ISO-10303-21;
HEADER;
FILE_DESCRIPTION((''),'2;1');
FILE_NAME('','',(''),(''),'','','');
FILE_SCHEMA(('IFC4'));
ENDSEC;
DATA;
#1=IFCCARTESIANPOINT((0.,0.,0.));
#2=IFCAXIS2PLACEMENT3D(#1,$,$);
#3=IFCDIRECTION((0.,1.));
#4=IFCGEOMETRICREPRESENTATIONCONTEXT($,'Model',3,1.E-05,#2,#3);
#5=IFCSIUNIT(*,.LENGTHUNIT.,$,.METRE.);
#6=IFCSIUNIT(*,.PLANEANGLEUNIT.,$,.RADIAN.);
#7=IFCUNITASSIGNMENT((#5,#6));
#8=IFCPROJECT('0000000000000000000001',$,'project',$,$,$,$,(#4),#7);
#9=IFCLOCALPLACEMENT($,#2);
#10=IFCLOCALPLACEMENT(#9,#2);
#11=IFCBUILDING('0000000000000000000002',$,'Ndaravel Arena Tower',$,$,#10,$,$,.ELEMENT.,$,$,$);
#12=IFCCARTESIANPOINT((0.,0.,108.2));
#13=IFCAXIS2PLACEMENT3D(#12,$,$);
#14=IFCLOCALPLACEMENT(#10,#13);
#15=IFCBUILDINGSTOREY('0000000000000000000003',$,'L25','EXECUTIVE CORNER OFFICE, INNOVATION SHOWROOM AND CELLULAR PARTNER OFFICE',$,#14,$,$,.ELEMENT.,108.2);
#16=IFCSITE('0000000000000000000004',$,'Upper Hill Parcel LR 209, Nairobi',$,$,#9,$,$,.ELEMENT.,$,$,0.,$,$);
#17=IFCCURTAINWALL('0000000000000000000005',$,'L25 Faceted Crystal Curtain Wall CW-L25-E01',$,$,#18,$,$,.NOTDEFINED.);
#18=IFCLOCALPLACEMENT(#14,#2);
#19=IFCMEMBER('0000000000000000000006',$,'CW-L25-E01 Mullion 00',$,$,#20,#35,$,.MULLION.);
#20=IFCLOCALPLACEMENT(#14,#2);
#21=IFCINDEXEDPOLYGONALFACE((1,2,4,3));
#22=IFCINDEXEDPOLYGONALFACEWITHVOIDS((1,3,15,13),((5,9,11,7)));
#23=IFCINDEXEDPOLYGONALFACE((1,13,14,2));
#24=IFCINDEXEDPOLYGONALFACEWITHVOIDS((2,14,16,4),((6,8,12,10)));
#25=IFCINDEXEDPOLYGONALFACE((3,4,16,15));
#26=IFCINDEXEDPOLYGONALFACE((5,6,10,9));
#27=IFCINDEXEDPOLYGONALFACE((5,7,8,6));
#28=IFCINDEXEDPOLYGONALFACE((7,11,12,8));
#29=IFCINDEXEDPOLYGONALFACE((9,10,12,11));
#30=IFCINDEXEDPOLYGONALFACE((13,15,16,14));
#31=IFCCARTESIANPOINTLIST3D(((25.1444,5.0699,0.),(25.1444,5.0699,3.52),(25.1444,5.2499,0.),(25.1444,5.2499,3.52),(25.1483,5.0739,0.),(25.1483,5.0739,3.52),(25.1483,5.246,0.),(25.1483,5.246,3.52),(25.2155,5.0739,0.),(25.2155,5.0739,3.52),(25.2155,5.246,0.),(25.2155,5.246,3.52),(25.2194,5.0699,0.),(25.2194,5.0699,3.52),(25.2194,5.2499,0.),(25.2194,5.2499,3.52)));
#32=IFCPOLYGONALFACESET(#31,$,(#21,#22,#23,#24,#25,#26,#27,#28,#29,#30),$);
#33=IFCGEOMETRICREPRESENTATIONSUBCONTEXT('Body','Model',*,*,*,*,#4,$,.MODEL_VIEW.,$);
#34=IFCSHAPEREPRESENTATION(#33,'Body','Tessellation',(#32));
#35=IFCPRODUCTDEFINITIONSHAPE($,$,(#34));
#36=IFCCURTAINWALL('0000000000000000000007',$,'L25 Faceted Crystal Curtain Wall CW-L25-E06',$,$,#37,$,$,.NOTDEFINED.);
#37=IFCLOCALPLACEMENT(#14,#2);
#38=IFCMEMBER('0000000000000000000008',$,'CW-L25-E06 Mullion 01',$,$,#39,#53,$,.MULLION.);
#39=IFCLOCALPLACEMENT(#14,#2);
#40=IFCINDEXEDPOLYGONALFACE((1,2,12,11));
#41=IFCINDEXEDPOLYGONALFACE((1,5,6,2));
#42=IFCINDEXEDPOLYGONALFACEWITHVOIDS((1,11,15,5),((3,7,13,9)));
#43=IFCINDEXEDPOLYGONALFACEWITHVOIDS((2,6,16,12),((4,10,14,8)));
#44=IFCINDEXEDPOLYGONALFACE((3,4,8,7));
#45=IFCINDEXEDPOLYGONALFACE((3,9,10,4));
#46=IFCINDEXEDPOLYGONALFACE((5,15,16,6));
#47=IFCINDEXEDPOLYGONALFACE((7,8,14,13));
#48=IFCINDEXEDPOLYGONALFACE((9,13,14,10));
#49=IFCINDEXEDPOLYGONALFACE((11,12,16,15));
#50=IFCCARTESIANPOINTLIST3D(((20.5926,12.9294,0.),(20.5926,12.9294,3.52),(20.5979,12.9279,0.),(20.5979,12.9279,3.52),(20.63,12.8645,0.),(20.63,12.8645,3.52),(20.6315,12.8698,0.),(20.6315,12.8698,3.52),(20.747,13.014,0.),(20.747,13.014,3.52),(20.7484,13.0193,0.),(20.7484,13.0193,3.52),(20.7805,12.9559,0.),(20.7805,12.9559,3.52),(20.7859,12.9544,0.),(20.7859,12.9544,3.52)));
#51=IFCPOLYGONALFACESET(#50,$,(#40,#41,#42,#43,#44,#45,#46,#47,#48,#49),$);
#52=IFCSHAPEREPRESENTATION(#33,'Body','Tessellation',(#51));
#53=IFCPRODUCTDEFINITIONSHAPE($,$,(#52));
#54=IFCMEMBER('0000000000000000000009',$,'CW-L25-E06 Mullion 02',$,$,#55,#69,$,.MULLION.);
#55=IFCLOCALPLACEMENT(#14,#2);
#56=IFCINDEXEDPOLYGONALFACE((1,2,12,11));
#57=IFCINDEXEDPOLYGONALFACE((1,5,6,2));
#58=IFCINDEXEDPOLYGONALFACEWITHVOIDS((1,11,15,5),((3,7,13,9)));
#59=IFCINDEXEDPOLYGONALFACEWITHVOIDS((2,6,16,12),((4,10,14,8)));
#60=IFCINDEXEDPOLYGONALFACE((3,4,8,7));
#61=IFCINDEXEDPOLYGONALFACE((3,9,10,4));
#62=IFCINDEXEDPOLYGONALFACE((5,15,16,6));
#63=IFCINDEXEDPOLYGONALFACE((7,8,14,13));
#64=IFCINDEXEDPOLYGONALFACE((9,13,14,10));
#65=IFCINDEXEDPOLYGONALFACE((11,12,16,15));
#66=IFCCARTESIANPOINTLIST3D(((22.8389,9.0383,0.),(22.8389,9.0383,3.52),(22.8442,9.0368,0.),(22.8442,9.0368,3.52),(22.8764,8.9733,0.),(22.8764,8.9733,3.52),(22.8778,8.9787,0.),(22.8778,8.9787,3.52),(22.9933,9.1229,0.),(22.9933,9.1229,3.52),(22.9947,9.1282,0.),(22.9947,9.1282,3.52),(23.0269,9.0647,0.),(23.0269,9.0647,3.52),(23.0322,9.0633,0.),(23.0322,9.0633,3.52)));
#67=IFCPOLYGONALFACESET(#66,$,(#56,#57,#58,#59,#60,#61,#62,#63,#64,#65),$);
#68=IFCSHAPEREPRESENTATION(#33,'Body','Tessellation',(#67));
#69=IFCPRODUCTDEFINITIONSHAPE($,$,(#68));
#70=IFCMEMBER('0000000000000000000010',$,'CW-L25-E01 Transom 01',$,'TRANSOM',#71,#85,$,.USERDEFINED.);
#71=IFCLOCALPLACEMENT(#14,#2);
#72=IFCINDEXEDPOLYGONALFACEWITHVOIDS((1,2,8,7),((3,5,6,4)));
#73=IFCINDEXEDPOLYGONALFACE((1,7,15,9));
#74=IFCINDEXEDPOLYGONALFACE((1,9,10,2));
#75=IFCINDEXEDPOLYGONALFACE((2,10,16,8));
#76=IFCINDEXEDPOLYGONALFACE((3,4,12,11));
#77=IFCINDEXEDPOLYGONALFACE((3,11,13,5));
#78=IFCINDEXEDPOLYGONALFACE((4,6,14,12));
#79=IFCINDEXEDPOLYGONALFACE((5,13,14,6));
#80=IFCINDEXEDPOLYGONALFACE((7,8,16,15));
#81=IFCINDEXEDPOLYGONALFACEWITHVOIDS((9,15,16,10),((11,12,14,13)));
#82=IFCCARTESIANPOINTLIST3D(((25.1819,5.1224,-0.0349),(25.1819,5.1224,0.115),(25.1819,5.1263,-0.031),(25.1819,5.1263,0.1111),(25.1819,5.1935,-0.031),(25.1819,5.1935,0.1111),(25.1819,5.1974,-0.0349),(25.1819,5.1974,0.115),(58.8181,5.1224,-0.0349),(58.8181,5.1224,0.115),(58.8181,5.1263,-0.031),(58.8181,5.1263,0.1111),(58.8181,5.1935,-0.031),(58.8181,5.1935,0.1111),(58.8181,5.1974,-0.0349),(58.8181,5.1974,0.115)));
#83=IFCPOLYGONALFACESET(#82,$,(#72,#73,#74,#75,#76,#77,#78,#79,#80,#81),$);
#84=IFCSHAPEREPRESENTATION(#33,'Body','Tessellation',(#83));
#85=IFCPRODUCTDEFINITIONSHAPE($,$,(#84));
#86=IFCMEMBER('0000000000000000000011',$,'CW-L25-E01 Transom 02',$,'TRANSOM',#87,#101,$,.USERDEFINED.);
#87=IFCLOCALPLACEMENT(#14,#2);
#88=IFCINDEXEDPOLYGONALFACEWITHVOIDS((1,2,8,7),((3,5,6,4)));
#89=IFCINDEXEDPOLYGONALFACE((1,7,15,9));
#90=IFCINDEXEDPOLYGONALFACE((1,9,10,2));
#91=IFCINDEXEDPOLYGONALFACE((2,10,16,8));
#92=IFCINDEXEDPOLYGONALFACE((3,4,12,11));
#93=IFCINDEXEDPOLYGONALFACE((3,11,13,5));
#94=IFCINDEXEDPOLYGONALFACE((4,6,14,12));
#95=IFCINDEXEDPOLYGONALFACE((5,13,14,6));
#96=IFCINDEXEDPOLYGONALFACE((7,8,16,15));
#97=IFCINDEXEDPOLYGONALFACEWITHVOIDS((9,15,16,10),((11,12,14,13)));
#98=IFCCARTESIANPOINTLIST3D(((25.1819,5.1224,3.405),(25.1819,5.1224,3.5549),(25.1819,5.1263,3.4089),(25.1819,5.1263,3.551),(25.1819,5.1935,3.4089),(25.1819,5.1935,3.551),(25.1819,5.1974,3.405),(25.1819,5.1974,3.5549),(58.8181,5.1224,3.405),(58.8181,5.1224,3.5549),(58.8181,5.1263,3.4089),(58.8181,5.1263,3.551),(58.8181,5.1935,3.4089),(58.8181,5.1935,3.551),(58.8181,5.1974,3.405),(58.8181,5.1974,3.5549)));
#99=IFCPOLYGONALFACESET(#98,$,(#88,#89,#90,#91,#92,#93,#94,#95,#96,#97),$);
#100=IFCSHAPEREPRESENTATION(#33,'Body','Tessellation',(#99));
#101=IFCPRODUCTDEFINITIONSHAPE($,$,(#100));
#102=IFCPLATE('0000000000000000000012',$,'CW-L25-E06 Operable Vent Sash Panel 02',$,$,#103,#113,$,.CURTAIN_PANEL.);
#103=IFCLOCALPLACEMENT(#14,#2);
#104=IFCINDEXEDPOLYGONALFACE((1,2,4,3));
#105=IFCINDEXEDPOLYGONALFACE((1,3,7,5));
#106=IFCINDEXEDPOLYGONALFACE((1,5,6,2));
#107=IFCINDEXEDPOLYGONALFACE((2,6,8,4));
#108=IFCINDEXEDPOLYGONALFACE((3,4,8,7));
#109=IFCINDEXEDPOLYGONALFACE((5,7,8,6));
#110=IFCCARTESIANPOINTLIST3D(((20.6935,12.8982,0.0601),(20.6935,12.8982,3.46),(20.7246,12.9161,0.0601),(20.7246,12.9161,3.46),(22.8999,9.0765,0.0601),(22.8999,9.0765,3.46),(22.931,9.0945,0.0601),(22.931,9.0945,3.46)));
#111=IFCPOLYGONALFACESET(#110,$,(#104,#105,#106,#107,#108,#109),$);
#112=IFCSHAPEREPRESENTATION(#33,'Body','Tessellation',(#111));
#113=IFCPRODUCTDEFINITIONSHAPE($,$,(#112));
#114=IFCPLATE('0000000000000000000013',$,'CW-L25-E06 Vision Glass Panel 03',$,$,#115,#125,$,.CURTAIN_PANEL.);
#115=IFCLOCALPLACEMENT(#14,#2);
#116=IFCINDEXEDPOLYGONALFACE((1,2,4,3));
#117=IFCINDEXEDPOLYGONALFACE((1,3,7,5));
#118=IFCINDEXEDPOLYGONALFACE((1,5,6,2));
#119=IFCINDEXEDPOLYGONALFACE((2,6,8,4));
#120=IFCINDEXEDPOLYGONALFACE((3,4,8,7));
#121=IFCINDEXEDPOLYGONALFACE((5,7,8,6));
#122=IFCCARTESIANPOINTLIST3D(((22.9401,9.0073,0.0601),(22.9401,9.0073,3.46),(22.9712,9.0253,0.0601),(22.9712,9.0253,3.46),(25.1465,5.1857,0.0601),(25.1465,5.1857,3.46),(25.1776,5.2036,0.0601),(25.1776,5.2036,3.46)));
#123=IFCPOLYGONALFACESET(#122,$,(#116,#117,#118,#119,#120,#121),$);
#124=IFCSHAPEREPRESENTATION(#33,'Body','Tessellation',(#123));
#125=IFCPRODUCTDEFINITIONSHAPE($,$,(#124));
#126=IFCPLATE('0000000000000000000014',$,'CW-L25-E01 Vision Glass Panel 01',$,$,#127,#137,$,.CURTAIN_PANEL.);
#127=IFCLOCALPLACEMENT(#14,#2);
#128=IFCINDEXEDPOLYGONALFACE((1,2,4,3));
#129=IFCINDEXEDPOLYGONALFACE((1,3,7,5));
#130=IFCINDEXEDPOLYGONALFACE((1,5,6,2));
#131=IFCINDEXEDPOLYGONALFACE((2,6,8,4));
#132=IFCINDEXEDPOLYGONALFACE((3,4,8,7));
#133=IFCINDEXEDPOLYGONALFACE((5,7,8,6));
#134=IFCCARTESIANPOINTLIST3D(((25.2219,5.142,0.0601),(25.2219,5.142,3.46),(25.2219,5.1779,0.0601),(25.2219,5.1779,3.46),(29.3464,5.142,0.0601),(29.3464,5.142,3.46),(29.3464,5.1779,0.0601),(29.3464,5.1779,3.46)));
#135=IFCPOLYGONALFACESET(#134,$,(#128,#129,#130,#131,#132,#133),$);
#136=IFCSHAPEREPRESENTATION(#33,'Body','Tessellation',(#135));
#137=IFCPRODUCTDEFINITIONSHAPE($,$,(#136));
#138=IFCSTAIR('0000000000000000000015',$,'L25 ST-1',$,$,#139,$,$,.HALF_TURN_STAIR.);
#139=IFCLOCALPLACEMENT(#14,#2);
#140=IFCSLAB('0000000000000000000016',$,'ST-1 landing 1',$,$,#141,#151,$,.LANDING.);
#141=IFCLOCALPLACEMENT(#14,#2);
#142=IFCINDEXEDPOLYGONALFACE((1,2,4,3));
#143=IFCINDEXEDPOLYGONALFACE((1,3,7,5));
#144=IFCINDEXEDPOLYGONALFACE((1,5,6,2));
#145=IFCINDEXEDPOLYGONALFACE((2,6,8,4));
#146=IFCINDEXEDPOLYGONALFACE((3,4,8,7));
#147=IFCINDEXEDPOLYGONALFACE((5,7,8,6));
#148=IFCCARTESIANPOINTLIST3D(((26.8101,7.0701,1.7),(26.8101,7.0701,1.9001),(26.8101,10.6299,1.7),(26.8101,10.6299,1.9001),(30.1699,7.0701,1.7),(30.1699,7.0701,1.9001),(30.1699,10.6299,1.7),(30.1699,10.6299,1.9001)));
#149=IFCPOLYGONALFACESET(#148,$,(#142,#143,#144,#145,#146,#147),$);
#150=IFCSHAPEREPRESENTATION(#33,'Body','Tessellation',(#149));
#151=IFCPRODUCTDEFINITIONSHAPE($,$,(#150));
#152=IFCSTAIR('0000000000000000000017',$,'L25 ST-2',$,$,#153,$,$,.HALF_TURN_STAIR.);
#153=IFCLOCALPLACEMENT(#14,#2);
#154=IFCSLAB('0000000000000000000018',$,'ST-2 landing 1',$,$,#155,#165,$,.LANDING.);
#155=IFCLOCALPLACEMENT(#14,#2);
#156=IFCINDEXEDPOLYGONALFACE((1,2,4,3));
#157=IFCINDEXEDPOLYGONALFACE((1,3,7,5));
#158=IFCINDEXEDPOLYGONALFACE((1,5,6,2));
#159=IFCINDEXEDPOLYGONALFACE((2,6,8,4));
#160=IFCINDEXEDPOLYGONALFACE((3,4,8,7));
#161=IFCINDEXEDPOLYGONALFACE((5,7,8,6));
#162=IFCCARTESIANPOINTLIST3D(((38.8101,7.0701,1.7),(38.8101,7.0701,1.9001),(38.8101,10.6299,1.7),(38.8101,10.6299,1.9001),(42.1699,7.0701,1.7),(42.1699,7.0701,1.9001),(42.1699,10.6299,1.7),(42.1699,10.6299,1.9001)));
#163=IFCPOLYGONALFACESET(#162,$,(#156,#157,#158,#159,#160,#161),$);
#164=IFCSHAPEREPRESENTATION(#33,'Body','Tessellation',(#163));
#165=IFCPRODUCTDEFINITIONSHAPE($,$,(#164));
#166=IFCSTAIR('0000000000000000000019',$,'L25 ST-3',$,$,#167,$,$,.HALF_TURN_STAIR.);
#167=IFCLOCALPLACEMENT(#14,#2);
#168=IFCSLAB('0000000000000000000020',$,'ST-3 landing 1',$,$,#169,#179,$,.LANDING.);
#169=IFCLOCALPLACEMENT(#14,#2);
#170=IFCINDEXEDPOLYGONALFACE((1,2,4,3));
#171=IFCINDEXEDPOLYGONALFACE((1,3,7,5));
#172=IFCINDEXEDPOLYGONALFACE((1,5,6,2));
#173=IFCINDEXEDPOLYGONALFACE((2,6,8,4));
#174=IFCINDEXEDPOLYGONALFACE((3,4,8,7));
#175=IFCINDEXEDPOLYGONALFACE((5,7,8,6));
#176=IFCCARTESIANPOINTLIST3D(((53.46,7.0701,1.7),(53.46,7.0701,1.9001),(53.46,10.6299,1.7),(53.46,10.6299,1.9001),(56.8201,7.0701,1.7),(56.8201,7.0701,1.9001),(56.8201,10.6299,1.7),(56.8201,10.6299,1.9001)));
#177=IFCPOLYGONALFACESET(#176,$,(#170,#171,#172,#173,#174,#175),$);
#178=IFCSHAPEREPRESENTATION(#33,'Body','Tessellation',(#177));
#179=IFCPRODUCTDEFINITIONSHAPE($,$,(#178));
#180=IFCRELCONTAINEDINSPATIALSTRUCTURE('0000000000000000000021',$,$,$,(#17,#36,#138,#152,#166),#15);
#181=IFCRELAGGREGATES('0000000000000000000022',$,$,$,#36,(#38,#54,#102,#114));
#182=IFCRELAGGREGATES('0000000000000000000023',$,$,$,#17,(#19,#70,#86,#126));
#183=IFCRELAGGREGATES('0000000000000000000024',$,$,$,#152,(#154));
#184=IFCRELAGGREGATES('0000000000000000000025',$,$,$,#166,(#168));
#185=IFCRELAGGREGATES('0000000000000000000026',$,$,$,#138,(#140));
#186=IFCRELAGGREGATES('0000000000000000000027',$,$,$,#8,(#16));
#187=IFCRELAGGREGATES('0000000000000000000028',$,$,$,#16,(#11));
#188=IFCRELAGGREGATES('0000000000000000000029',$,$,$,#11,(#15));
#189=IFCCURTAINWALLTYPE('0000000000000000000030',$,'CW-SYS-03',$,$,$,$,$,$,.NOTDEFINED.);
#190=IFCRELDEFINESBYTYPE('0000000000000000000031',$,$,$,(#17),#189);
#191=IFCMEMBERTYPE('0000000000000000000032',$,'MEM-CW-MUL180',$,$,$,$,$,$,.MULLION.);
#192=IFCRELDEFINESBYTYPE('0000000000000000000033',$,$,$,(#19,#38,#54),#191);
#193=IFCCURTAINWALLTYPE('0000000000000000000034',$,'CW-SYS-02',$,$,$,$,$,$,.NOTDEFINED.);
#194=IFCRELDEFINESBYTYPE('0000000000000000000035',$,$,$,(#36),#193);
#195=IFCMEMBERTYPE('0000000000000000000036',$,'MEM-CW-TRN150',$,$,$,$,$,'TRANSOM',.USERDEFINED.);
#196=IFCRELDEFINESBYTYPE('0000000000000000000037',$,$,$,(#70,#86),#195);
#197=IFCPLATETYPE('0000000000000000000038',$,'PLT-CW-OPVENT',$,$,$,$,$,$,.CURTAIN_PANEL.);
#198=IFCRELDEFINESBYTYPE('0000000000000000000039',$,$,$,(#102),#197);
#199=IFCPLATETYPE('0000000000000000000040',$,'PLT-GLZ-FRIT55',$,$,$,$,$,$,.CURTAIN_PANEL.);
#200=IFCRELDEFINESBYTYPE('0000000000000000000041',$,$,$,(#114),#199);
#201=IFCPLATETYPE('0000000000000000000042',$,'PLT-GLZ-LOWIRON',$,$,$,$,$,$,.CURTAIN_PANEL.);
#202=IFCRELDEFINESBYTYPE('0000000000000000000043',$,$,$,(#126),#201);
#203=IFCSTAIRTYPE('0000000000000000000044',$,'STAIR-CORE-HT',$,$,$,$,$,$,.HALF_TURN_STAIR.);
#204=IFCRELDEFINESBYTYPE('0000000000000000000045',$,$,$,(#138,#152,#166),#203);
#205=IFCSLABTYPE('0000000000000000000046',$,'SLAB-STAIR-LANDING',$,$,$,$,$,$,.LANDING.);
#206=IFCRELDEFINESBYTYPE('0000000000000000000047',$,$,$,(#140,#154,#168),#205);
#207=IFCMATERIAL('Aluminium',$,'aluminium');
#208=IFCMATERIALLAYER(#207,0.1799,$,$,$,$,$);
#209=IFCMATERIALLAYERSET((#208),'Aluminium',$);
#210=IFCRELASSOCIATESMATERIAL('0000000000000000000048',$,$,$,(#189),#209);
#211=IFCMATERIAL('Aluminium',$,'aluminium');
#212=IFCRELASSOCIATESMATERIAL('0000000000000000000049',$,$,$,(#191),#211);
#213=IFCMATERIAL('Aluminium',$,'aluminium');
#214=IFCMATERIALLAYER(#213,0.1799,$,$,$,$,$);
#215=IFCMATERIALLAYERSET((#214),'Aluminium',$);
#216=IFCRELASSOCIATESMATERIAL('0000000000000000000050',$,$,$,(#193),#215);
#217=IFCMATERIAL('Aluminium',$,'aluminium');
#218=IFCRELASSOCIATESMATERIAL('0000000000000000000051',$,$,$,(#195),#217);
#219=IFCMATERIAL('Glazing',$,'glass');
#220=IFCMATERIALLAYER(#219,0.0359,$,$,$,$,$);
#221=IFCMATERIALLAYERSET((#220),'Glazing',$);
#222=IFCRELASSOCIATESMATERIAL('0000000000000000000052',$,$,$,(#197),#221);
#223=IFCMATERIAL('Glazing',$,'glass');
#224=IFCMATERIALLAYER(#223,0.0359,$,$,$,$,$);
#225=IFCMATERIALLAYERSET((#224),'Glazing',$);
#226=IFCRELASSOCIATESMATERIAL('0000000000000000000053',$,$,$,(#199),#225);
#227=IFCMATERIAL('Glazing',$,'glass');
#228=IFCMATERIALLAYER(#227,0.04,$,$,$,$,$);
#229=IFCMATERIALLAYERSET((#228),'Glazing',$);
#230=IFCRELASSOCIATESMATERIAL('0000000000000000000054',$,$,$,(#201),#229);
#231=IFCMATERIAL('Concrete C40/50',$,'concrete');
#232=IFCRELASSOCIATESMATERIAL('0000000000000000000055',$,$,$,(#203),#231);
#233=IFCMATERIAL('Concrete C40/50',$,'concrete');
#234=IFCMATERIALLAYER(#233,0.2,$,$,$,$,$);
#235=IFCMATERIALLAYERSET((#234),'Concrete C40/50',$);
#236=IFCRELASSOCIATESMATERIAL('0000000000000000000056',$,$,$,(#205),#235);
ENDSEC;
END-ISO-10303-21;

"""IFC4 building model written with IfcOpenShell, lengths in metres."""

from ifc_helpers import new_model, si_unit, direction, frame, origin, origin_2d, place, context, subcontext, project, spatial, polyline, rectangle, hollow_rectangle, outline, extrude, material, layer, layer_set, material_profile, profile_set, type_object, element, aggregate, save


model = new_model("IFC4")

# Units and contexts
model_context = context("Model", 3, precision=1e-05, world=origin(), true_north=direction((0.0, 1.0)))
body_context = subcontext(model_context, "Body", "Model", "MODEL_VIEW")
ifc_project = project(units=[si_unit("LENGTHUNIT", "METRE"), si_unit("PLANEANGLEUNIT", "RADIAN")], contexts=[model_context])

# Site, building, storey
site_placement = place(None, origin())
site = spatial("IfcSite", under=ifc_project, at=site_placement, Name="Upper Hill Parcel LR 209, Nairobi", CompositionType="ELEMENT", RefElevation=0.0)
building_placement = place(site_placement, origin())
building = spatial("IfcBuilding", under=site, at=building_placement, Name="Ndaravel Arena Tower", CompositionType="ELEMENT")
storey_placement = place(building_placement, frame((0.0, 0.0, 108.2)))
storey = spatial("IfcBuildingStorey", under=building, at=storey_placement, Name="L25", Description="EXECUTIVE CORNER OFFICE, INNOVATION SHOWROOM AND CELLULAR PARTNER OFFICE", CompositionType="ELEMENT", Elevation=108.2)

# Curtain wall, member
ifc_material_1 = material(Name="Aluminium", Category="aluminium")
ifc_layer_1 = layer(ifc_material_1, 0.1799)
ifc_layer_set_1 = layer_set([ifc_layer_1], Name="Aluminium")
curtain_wall_type_1 = type_object("IfcCurtainWallType", Name="CW-SYS-03", PredefinedType="NOTDEFINED", material=ifc_layer_set_1)
curtain_wall_1_placement = place(storey_placement, origin())
curtain_wall_1 = element("IfcCurtainWall", 1, at=curtain_wall_1_placement, inside=storey, type_object=curtain_wall_type_1, Name="L25 Faceted Crystal Curtain Wall CW-L25-E01", PredefinedType="NOTDEFINED")
ifc_material_2 = material(Name="Aluminium", Category="aluminium")
ifc_material_profile_1 = material_profile(ifc_material_2, hollow_rectangle(XDim=0.075, YDim=0.1799, WallThickness=0.0039, at=origin_2d()), Name="CW MULLION 75x180x4")
ifc_profile_set_1 = profile_set([ifc_material_profile_1], Name="Aluminium")
member_type_1 = type_object("IfcMemberType", Name="MEM-CW-MUL180", PredefinedType="MULLION", material=ifc_profile_set_1)
member_1_placement = place(storey_placement, frame((25.1819, 5.1599, 0.0), z_axis=(0.0, 0.0, 1.0), x_axis=(1.0, 0.0, 0.0)))
member_1 = element("IfcMember", 2, at=member_1_placement, type_object=member_type_1, Name="CW-L25-E01 Mullion 00", PredefinedType="MULLION", context=body_context, shape_type="SweptSolid", body=[
    extrude(hollow_rectangle(XDim=0.075, YDim=0.1799, WallThickness=0.0039, at=origin_2d()), origin(), (0.0, 0.0, 1.0), 3.52),
])

# Curtain wall, members
ifc_material_3 = material(Name="Aluminium", Category="aluminium")
ifc_layer_2 = layer(ifc_material_3, 0.1799)
ifc_layer_set_2 = layer_set([ifc_layer_2], Name="Aluminium")
curtain_wall_type_2 = type_object("IfcCurtainWallType", Name="CW-SYS-02", PredefinedType="NOTDEFINED", material=ifc_layer_set_2)
curtain_wall_2_placement = place(storey_placement, origin())
curtain_wall_2 = element("IfcCurtainWall", 3, at=curtain_wall_2_placement, inside=storey, type_object=curtain_wall_type_2, Name="L25 Faceted Crystal Curtain Wall CW-L25-E06", PredefinedType="NOTDEFINED")
member_2_placement = place(storey_placement, frame((20.6892, 12.9419, 0.0), z_axis=(0.0, 0.0, 1.0), x_axis=(0.5, -0.866025, 0.0)))
member_2 = element("IfcMember", 4, at=member_2_placement, type_object=member_type_1, Name="CW-L25-E06 Mullion 01", PredefinedType="MULLION", context=body_context, shape_type="SweptSolid", body=[
    extrude(hollow_rectangle(XDim=0.075, YDim=0.1799, WallThickness=0.0039, at=origin_2d()), origin(), (0.0, 0.0, 1.0), 3.52),
])
member_3_placement = place(storey_placement, frame((22.9355, 9.0508, 0.0), z_axis=(0.0, 0.0, 1.0), x_axis=(0.5, -0.866025, 0.0)))
member_3 = element("IfcMember", 5, at=member_3_placement, type_object=member_type_1, Name="CW-L25-E06 Mullion 02", PredefinedType="MULLION", context=body_context, shape_type="SweptSolid", body=[
    extrude(hollow_rectangle(XDim=0.075, YDim=0.1799, WallThickness=0.0039, at=origin_2d()), origin(), (0.0, 0.0, 1.0), 3.52),
])

# Members
ifc_material_4 = material(Name="Aluminium", Category="aluminium")
ifc_material_profile_2 = material_profile(ifc_material_4, hollow_rectangle(XDim=0.075, YDim=0.1499, WallThickness=0.0039, at=origin_2d()), Name="CW TRANSOM 75x150x4")
ifc_profile_set_2 = profile_set([ifc_material_profile_2], Name="Aluminium")
member_type_2 = type_object("IfcMemberType", Name="MEM-CW-TRN150", ElementType="TRANSOM", PredefinedType="USERDEFINED", material=ifc_profile_set_2)
member_4_placement = place(storey_placement, frame((25.1819, 5.1599, 0.04), z_axis=(1.0, 0.0, 0.0), x_axis=(0.0, 1.0, 0.0)))
member_4 = element("IfcMember", 6, at=member_4_placement, type_object=member_type_2, Name="CW-L25-E01 Transom 01", ObjectType="TRANSOM", PredefinedType="USERDEFINED", context=body_context, shape_type="SweptSolid", body=[
    extrude(hollow_rectangle(XDim=0.075, YDim=0.1499, WallThickness=0.0039, at=origin_2d()), origin(), (0.0, 0.0, 1.0), 33.6362),
])
member_5_placement = place(storey_placement, frame((25.1819, 5.1599, 3.48), z_axis=(1.0, 0.0, 0.0), x_axis=(0.0, 1.0, 0.0)))
member_5 = element("IfcMember", 7, at=member_5_placement, type_object=member_type_2, Name="CW-L25-E01 Transom 02", ObjectType="TRANSOM", PredefinedType="USERDEFINED", context=body_context, shape_type="SweptSolid", body=[
    extrude(hollow_rectangle(XDim=0.075, YDim=0.1499, WallThickness=0.0039, at=origin_2d()), origin(), (0.0, 0.0, 1.0), 33.6362),
])

# Plates
ifc_material_5 = material(Name="Glazing", Category="glass")
ifc_layer_3 = layer(ifc_material_5, 0.0359)
ifc_layer_set_3 = layer_set([ifc_layer_3], Name="Glazing")
plate_type_1 = type_object("IfcPlateType", Name="PLT-CW-OPVENT", PredefinedType="CURTAIN_PANEL", material=ifc_layer_set_3)
plate_1_placement = place(storey_placement, frame((21.8123, 10.9963, 0.0601), z_axis=(0.0, 0.0, 1.0), x_axis=(0.5, -0.866025, 0.0)))
plate_1 = element("IfcPlate", 8, at=plate_1_placement, type_object=plate_type_1, Name="CW-L25-E06 Operable Vent Sash Panel 02", PredefinedType="CURTAIN_PANEL", context=body_context, shape_type="SweptSolid", body=[
    extrude(rectangle(XDim=4.4128, YDim=0.0359, at=origin_2d()), origin(), (0.0, 0.0, 1.0), 3.3999),
])
ifc_material_6 = material(Name="Glazing", Category="glass")
ifc_layer_4 = layer(ifc_material_6, 0.0359)
ifc_layer_set_4 = layer_set([ifc_layer_4], Name="Glazing")
plate_type_2 = type_object("IfcPlateType", Name="PLT-GLZ-FRIT55", PredefinedType="CURTAIN_PANEL", material=ifc_layer_set_4)
plate_2_placement = place(storey_placement, frame((24.0588, 7.1055, 0.0601), z_axis=(0.0, 0.0, 1.0), x_axis=(0.5, -0.866025, 0.0)))
plate_2 = element("IfcPlate", 9, at=plate_2_placement, type_object=plate_type_2, Name="CW-L25-E06 Vision Glass Panel 03", PredefinedType="CURTAIN_PANEL", context=body_context, shape_type="SweptSolid", body=[
    extrude(rectangle(XDim=4.4128, YDim=0.0359, at=origin_2d()), origin(), (0.0, 0.0, 1.0), 3.3999),
])
aggregate(curtain_wall_2, [member_2, member_3, plate_1, plate_2])
ifc_material_7 = material(Name="Glazing", Category="glass")
ifc_layer_5 = layer(ifc_material_7, 0.04)
ifc_layer_set_5 = layer_set([ifc_layer_5], Name="Glazing")
plate_type_3 = type_object("IfcPlateType", Name="PLT-GLZ-LOWIRON", PredefinedType="CURTAIN_PANEL", material=ifc_layer_set_5)
plate_3_placement = place(storey_placement, frame((27.2842, 5.1599, 0.0601), z_axis=(0.0, 0.0, 1.0), x_axis=(1.0, 0.0, 0.0)))
plate_3 = element("IfcPlate", 10, at=plate_3_placement, type_object=plate_type_3, Name="CW-L25-E01 Vision Glass Panel 01", PredefinedType="CURTAIN_PANEL", context=body_context, shape_type="SweptSolid", body=[
    extrude(rectangle(XDim=4.1245, YDim=0.0359, at=origin_2d()), origin(), (0.0, 0.0, 1.0), 3.3999),
])
aggregate(curtain_wall_1, [member_1, member_4, member_5, plate_3])

# Stairs, slabs
ifc_material_8 = material(Name="Concrete C40/50", Category="concrete")
stair_type = type_object("IfcStairType", Name="STAIR-CORE-HT", PredefinedType="HALF_TURN_STAIR", material=ifc_material_8)
stair_1_placement = place(storey_placement, origin())
stair_1 = element("IfcStair", 11, at=stair_1_placement, inside=storey, type_object=stair_type, Name="L25 ST-1", PredefinedType="HALF_TURN_STAIR")
ifc_material_9 = material(Name="Concrete C40/50", Category="concrete")
ifc_layer_6 = layer(ifc_material_9, 0.2)
ifc_layer_set_6 = layer_set([ifc_layer_6], Name="Concrete C40/50")
slab_type_1 = type_object("IfcSlabType", Name="SLAB-STAIR-LANDING", PredefinedType="LANDING", material=ifc_layer_set_6)
slab_1_placement = place(storey_placement, frame((0.0, 0.0, 1.7)))
slab_1 = element("IfcSlab", 12, at=slab_1_placement, type_object=slab_type_1, Name="ST-1 landing 1", PredefinedType="LANDING", context=body_context, shape_type="SweptSolid", body=[
    extrude(outline(polyline([(26.8101, 10.6299), (26.8101, 7.0701), (30.1699, 7.0701), (30.1699, 10.6299), (26.8101, 10.6299)])), origin(), (0.0, 0.0, 1.0), 0.2002),
])
stair_2_placement = place(storey_placement, origin())
stair_2 = element("IfcStair", 13, at=stair_2_placement, inside=storey, type_object=stair_type, Name="L25 ST-2", PredefinedType="HALF_TURN_STAIR")
slab_2_placement = place(storey_placement, frame((0.0, 0.0, 1.7)))
slab_2 = element("IfcSlab", 14, at=slab_2_placement, type_object=slab_type_1, Name="ST-2 landing 1", PredefinedType="LANDING", context=body_context, shape_type="SweptSolid", body=[
    extrude(outline(polyline([(38.8101, 10.6299), (38.8101, 7.0701), (42.1699, 7.0701), (42.1699, 10.6299), (38.8101, 10.6299)])), origin(), (0.0, 0.0, 1.0), 0.2002),
])
aggregate(stair_2, [slab_2])
stair_3_placement = place(storey_placement, origin())
stair_3 = element("IfcStair", 15, at=stair_3_placement, inside=storey, type_object=stair_type, Name="L25 ST-3", PredefinedType="HALF_TURN_STAIR")
slab_3_placement = place(storey_placement, frame((0.0, 0.0, 1.7)))
slab_3 = element("IfcSlab", 16, at=slab_3_placement, type_object=slab_type_1, Name="ST-3 landing 1", PredefinedType="LANDING", context=body_context, shape_type="SweptSolid", body=[
    extrude(outline(polyline([(53.46, 10.6299), (53.46, 7.0701), (56.8201, 7.0701), (56.8201, 10.6299), (53.46, 10.6299)])), origin(), (0.0, 0.0, 1.0), 0.2002),
])
aggregate(stair_3, [slab_3])

aggregate(stair_1, [slab_1])

save(model, "model.ifc")
